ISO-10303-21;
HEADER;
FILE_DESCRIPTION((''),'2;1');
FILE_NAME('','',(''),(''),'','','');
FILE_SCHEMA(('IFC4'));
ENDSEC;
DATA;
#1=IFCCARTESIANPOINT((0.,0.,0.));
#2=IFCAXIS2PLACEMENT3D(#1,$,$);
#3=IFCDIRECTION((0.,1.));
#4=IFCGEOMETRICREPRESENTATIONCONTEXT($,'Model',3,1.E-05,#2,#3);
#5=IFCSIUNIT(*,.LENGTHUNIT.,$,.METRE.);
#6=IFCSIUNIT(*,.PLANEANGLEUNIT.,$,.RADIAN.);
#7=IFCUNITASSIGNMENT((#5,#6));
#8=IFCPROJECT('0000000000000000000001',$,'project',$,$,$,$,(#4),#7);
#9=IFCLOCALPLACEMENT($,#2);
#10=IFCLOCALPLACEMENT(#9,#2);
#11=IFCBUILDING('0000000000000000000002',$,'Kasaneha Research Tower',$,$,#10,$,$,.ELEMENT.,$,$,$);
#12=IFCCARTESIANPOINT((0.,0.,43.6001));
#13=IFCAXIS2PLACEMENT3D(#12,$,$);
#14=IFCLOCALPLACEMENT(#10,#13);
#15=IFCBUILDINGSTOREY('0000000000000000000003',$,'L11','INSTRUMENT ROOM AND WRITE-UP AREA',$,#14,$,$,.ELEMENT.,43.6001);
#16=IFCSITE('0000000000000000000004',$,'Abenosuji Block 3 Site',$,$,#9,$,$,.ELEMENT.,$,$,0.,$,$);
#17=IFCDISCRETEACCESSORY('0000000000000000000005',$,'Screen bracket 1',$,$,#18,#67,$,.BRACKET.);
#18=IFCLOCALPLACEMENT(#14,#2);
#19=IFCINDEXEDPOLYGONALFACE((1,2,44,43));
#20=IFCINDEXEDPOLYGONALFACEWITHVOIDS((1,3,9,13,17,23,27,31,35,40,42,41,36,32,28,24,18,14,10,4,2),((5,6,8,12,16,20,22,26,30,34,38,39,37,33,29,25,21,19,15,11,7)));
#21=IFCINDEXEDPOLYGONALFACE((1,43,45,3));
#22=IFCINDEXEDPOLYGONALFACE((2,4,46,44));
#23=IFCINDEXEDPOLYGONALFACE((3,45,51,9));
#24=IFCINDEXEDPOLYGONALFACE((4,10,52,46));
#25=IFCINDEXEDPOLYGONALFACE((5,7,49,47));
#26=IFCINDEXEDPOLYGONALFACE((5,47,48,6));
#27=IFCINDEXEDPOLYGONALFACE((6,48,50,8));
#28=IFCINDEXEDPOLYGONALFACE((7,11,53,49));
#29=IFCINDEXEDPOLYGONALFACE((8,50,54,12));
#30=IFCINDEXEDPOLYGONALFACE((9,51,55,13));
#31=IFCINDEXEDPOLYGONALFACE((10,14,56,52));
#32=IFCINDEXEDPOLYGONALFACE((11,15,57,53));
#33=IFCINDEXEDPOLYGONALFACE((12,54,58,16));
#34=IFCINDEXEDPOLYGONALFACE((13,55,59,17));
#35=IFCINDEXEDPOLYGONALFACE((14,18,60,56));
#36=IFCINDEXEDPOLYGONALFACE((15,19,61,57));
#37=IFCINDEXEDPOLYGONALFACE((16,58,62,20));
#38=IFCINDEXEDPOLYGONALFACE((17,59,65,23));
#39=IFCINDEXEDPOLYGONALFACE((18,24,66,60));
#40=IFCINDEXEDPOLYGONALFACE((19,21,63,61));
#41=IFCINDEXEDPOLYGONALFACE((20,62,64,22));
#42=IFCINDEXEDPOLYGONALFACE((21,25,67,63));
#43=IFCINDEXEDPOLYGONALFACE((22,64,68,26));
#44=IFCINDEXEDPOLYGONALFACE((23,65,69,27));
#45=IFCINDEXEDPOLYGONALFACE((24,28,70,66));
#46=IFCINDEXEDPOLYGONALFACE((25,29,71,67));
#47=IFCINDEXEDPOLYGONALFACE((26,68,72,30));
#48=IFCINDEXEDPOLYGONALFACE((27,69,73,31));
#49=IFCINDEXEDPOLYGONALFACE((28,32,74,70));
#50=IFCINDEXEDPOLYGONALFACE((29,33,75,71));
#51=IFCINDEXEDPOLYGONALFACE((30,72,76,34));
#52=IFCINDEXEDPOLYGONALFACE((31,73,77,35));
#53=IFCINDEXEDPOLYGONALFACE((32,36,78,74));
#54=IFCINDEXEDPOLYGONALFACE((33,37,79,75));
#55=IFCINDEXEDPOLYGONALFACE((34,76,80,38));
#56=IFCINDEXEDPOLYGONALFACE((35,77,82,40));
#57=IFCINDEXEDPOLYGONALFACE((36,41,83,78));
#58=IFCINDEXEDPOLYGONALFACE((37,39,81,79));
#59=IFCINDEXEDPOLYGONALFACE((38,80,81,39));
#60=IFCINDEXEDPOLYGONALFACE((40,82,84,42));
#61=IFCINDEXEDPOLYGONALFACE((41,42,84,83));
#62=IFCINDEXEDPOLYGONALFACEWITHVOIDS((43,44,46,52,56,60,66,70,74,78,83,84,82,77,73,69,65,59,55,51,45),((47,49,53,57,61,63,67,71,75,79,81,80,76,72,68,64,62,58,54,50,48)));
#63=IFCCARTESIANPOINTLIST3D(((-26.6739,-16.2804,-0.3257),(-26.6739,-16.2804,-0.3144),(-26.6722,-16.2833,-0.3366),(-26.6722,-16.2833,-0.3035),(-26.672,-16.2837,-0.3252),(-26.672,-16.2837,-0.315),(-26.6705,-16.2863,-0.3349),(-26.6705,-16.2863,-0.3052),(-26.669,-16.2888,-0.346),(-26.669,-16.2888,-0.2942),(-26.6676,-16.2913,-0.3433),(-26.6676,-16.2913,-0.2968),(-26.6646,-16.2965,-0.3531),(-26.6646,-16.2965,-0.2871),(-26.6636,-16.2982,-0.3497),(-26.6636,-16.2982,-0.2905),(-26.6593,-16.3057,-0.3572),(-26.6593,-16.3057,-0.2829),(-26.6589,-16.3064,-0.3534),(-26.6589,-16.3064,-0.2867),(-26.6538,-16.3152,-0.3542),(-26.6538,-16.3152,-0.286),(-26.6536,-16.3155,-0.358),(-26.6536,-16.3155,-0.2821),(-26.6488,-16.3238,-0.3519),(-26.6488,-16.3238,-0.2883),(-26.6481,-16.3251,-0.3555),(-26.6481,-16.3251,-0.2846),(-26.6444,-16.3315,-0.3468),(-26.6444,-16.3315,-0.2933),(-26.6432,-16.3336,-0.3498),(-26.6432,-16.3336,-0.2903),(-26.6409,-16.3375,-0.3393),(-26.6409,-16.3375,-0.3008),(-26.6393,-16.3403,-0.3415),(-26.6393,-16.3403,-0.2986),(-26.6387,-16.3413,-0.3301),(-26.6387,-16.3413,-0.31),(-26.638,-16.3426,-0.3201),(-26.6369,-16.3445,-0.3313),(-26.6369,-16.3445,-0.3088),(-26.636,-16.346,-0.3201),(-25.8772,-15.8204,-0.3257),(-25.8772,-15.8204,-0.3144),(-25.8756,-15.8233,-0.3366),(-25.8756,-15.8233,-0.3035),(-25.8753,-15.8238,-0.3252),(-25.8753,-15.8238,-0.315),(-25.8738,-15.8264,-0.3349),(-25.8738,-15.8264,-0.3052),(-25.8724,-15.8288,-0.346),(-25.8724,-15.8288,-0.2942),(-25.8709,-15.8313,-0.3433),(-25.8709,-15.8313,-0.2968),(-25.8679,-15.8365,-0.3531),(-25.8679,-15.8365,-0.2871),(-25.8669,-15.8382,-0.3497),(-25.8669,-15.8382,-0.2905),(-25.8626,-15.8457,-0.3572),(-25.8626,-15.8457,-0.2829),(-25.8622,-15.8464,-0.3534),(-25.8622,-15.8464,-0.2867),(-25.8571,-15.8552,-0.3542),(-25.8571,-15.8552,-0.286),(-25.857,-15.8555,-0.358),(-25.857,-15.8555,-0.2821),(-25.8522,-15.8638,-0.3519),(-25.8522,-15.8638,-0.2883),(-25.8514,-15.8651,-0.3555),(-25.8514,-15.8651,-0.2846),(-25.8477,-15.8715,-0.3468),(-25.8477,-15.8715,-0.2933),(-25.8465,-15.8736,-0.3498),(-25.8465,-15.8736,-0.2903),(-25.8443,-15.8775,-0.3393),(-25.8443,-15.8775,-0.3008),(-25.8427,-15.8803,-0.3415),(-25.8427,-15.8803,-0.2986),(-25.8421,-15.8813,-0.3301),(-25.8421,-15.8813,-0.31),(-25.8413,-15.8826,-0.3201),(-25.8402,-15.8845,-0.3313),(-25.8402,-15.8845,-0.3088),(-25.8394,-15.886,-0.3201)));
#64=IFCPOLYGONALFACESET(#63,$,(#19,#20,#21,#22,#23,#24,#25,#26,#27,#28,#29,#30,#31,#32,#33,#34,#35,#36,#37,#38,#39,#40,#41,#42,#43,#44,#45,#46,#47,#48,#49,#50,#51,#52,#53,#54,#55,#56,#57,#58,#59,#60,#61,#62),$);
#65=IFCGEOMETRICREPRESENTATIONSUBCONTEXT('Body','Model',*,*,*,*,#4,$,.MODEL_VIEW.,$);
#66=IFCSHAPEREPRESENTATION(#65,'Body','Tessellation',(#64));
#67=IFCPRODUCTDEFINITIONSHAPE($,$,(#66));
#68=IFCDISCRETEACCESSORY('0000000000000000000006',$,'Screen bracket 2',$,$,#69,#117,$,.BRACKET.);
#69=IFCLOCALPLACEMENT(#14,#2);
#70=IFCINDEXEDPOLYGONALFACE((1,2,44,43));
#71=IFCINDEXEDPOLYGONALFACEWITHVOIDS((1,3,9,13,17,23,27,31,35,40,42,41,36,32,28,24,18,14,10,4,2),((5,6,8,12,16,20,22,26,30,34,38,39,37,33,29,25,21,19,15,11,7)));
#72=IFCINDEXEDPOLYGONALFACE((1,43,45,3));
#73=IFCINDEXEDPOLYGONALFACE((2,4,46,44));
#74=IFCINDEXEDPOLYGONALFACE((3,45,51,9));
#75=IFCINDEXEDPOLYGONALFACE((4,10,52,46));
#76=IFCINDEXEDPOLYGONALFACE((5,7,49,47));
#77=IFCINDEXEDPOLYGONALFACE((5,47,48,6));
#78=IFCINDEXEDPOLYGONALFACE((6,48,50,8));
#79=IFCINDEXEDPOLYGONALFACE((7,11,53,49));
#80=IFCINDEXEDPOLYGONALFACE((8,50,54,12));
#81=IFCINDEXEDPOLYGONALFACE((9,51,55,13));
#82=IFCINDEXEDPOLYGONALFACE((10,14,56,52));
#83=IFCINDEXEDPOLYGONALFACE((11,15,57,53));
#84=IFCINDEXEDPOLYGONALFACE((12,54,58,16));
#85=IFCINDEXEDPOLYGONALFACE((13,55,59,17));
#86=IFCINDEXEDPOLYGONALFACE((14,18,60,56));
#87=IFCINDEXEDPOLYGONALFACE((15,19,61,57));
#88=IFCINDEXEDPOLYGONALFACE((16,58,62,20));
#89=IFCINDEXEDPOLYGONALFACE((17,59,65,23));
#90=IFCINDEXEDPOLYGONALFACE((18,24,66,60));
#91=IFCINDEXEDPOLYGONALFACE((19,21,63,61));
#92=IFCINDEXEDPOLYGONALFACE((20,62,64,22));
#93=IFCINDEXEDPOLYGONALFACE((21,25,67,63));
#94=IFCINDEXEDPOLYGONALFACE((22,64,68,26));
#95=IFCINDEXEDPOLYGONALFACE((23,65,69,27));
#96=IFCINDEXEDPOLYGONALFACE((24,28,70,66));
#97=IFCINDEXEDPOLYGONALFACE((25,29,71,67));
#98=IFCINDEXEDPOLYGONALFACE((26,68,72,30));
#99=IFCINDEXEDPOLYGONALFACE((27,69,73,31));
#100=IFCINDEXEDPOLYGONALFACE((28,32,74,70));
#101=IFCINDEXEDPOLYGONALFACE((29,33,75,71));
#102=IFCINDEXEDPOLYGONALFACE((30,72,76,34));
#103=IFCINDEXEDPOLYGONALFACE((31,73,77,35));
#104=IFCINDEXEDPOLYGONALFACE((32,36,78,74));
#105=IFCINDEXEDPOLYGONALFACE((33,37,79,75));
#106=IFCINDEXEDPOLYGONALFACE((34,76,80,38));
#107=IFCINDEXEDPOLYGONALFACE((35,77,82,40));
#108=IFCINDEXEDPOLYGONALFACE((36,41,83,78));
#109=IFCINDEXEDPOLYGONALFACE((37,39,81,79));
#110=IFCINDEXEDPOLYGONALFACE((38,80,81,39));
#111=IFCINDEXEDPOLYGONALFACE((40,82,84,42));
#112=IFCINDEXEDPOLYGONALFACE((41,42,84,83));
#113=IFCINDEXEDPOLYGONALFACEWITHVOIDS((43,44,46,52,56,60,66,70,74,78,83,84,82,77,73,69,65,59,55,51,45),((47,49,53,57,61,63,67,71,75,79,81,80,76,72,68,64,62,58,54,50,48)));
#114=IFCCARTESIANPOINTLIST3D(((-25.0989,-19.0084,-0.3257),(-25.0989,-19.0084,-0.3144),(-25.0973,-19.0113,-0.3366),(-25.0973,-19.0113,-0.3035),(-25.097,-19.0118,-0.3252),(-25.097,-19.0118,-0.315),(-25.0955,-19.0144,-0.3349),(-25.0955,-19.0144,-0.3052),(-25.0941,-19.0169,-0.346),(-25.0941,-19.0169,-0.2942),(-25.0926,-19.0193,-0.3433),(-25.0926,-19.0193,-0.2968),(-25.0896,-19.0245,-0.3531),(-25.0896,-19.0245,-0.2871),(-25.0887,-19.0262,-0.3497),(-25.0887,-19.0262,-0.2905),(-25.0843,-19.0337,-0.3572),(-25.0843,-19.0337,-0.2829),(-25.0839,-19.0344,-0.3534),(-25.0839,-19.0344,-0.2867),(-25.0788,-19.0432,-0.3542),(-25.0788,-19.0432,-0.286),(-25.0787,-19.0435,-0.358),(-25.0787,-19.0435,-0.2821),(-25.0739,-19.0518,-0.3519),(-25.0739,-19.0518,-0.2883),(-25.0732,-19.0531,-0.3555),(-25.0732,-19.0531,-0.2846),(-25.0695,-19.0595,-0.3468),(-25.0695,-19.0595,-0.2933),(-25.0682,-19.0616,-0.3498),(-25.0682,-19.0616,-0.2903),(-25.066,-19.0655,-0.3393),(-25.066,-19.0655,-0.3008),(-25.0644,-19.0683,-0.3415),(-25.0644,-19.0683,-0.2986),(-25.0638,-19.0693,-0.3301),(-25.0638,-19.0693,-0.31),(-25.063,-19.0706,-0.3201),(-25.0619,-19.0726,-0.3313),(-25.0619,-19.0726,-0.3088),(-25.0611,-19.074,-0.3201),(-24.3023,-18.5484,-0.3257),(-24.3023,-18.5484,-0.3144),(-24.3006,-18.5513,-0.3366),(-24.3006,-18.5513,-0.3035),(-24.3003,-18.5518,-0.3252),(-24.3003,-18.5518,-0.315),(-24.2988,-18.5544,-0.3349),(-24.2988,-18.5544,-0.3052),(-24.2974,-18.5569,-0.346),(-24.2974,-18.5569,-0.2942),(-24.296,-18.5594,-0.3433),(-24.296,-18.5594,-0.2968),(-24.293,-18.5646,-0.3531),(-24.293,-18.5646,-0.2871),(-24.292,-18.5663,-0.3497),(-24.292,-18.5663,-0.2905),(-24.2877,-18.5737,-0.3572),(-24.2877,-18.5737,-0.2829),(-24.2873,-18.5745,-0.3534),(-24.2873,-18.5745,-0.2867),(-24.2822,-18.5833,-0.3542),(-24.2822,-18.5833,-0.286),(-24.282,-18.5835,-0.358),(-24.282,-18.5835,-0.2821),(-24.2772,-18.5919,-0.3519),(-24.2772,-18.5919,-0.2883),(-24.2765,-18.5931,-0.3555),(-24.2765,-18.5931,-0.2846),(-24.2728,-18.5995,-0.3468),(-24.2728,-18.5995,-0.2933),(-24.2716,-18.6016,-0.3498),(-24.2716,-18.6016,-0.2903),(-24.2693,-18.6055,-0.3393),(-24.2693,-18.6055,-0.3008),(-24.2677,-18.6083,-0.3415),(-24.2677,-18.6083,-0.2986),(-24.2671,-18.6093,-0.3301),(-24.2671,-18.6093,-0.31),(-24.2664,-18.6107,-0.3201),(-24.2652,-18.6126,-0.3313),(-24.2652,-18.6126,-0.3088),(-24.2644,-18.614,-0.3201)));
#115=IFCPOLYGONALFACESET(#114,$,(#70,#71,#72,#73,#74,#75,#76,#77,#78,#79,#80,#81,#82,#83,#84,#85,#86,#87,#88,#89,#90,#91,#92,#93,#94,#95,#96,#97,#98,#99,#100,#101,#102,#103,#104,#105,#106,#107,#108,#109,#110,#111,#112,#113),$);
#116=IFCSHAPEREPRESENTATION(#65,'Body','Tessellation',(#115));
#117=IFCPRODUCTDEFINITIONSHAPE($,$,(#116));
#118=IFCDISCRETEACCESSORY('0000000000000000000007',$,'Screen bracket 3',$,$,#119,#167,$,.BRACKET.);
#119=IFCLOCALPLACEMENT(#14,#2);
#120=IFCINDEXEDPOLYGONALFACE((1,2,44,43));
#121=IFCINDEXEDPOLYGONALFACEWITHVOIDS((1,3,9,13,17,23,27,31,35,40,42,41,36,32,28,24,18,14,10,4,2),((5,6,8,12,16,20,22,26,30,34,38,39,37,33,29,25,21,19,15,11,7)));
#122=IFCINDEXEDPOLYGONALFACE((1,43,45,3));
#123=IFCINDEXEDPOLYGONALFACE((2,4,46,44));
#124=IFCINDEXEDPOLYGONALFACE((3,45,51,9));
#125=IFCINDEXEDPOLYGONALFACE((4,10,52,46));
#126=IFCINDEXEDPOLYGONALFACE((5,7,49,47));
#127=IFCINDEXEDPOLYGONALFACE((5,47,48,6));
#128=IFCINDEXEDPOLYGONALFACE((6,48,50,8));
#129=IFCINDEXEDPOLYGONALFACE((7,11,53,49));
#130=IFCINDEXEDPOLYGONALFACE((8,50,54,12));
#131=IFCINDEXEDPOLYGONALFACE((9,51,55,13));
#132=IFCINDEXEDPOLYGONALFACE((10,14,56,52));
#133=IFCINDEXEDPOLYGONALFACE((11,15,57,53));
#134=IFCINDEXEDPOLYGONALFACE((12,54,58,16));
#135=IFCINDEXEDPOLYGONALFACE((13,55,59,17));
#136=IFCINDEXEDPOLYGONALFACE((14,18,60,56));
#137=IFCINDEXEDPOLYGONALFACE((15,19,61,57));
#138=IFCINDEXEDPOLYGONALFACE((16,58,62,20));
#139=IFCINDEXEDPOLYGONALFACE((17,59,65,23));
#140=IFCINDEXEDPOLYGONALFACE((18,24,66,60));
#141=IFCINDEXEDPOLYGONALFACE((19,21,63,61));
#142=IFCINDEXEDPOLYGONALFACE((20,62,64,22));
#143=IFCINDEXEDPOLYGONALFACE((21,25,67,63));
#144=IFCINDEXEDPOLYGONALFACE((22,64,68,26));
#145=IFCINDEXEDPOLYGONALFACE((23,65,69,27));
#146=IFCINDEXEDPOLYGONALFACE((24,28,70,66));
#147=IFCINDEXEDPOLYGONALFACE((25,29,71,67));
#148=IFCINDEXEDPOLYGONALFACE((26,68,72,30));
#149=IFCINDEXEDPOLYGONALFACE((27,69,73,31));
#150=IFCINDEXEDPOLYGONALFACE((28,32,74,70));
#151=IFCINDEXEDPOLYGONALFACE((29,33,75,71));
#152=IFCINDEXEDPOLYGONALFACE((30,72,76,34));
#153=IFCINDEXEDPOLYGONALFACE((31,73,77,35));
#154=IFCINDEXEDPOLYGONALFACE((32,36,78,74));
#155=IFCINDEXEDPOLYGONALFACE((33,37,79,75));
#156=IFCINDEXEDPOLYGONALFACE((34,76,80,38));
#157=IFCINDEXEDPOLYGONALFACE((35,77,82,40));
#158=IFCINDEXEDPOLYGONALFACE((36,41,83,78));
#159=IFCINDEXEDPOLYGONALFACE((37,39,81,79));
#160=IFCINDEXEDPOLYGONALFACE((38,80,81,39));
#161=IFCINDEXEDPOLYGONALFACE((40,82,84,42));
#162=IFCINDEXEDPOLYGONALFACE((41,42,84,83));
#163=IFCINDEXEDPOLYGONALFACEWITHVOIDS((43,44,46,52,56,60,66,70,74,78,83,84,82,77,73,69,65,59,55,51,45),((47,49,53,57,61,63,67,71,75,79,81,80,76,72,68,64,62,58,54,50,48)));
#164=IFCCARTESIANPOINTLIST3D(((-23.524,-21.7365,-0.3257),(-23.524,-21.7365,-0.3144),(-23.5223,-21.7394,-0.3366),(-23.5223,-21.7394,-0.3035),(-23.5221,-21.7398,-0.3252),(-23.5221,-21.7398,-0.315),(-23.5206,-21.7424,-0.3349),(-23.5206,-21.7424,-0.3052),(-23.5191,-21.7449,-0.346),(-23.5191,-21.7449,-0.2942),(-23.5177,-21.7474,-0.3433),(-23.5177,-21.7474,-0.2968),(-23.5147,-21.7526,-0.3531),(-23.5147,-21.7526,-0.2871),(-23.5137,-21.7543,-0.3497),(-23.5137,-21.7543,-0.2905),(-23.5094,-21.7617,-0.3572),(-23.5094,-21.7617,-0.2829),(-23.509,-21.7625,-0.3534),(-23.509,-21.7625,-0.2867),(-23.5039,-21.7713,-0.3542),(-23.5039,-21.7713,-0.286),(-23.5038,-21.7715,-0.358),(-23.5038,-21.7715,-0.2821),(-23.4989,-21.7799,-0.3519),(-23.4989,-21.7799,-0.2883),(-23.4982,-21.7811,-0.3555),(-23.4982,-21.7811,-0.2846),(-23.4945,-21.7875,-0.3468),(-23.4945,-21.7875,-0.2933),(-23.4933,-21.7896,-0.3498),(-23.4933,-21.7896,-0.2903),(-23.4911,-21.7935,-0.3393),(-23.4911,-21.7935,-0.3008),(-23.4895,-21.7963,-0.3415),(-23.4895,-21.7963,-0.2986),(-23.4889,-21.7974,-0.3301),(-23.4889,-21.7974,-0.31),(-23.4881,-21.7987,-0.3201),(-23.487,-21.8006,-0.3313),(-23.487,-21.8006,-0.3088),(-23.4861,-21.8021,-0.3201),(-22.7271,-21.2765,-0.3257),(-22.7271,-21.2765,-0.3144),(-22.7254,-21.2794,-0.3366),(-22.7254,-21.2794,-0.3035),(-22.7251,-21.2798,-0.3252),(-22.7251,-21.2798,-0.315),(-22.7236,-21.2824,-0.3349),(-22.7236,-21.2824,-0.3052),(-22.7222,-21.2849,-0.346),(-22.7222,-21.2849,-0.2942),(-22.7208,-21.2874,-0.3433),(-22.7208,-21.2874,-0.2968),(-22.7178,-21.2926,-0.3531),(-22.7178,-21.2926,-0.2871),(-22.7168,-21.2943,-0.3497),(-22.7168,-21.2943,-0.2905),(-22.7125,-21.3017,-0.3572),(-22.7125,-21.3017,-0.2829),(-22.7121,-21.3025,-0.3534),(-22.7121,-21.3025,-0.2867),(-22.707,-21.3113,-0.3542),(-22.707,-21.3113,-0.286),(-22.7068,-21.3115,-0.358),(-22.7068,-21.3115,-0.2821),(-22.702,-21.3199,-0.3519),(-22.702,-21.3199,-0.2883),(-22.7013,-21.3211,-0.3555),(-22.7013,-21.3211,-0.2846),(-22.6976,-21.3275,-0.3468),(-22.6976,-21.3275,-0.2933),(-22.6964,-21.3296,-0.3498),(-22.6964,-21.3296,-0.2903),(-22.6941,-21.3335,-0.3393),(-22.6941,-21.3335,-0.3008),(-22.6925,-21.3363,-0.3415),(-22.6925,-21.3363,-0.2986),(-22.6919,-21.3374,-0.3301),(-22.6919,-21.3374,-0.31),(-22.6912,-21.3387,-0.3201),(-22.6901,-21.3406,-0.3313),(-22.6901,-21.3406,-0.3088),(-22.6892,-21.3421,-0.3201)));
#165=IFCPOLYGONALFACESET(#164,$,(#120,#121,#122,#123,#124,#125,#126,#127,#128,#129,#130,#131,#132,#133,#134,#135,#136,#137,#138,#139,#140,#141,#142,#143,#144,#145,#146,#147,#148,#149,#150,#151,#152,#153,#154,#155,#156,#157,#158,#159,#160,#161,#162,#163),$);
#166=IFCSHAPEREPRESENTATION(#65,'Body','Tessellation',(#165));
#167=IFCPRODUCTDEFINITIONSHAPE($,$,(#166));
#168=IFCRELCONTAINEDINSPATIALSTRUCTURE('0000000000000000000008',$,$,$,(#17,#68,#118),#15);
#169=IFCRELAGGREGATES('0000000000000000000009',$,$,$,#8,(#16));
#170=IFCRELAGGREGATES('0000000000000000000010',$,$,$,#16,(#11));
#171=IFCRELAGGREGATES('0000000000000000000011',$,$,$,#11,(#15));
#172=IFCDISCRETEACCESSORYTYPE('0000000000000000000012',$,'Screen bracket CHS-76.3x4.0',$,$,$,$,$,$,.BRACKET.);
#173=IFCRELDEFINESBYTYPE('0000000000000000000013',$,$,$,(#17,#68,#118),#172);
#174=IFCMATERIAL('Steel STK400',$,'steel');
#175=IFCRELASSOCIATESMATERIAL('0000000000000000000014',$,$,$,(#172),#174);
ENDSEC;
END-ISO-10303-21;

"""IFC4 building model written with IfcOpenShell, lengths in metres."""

from ifc_helpers import new_model, si_unit, direction, frame, origin, origin_2d, place, context, subcontext, project, spatial, hollow_circle, extrude, material, material_profile, profile_set, type_object, element, save


model = new_model("IFC4")

# Units and contexts
model_context = context("Model", 3, precision=1e-05, world=origin(), true_north=direction((0.0, 1.0)))
body_context = subcontext(model_context, "Body", "Model", "MODEL_VIEW")
ifc_project = project(units=[si_unit("LENGTHUNIT", "METRE"), si_unit("PLANEANGLEUNIT", "RADIAN")], contexts=[model_context])

# Site, building, storey
site_placement = place(None, origin())
site = spatial("IfcSite", under=ifc_project, at=site_placement, Name="Abenosuji Block 3 Site", CompositionType="ELEMENT", RefElevation=0.0)
building_placement = place(site_placement, origin())
building = spatial("IfcBuilding", under=site, at=building_placement, Name="Kasaneha Research Tower", CompositionType="ELEMENT")
storey_placement = place(building_placement, frame((0.0, 0.0, 43.6001)))
storey = spatial("IfcBuildingStorey", under=building, at=storey_placement, Name="L11", Description="INSTRUMENT ROOM AND WRITE-UP AREA", CompositionType="ELEMENT", Elevation=43.6001)

# Discrete accessories
ifc_material_1 = material(Name="Steel STK400", Category="steel")
ifc_material_profile_1 = material_profile(ifc_material_1, hollow_circle(Radius=0.0381, WallThickness=0.0039, at=origin_2d()), Name="CHS-76.3x4.0")
ifc_profile_set_1 = profile_set([ifc_material_profile_1], Name="Steel STK400")
discrete_accessory_type = type_object("IfcDiscreteAccessoryType", Name="Screen bracket CHS-76.3x4.0", PredefinedType="BRACKET", material=ifc_profile_set_1)
for number, where, z_axis, x_axis, name in (
    (1, (-25.8584, -15.853, -0.3201), (-0.866013, -0.500021, 0.0), (0.500021, -0.866013, 0.0), "Screen bracket 1"),
    (2, (-24.2834, -18.5811, -0.3201), (-0.866013, -0.500021, 0.0), (0.500021, -0.866013, 0.0), "Screen bracket 2"),
):
    element("IfcDiscreteAccessory", number, at=place(storey_placement, frame(where, z_axis=z_axis, x_axis=x_axis)), inside=storey, type_object=discrete_accessory_type, Name=name, PredefinedType="BRACKET", context=body_context, shape_type="SweptSolid", body=[
        extrude(hollow_circle(Radius=0.0381, WallThickness=0.0039, at=origin_2d()), origin(), (0.0, 0.0, 1.0), 0.9199),
    ])
for number, where, z_axis, x_axis, name in (
    (3, (-22.7083, -21.3091, -0.3201), (-0.86608, -0.499906, 0.0), (0.499906, -0.86608, 0.0), "Screen bracket 3"),
):
    element("IfcDiscreteAccessory", number, at=place(storey_placement, frame(where, z_axis=z_axis, x_axis=x_axis)), inside=storey, type_object=discrete_accessory_type, Name=name, PredefinedType="BRACKET", context=body_context, shape_type="SweptSolid", body=[
        extrude(hollow_circle(Radius=0.0381, WallThickness=0.0039, at=origin_2d()), origin(), (0.0, 0.0, 1.0), 0.9202),
    ])

save(model, "model.ifc")
